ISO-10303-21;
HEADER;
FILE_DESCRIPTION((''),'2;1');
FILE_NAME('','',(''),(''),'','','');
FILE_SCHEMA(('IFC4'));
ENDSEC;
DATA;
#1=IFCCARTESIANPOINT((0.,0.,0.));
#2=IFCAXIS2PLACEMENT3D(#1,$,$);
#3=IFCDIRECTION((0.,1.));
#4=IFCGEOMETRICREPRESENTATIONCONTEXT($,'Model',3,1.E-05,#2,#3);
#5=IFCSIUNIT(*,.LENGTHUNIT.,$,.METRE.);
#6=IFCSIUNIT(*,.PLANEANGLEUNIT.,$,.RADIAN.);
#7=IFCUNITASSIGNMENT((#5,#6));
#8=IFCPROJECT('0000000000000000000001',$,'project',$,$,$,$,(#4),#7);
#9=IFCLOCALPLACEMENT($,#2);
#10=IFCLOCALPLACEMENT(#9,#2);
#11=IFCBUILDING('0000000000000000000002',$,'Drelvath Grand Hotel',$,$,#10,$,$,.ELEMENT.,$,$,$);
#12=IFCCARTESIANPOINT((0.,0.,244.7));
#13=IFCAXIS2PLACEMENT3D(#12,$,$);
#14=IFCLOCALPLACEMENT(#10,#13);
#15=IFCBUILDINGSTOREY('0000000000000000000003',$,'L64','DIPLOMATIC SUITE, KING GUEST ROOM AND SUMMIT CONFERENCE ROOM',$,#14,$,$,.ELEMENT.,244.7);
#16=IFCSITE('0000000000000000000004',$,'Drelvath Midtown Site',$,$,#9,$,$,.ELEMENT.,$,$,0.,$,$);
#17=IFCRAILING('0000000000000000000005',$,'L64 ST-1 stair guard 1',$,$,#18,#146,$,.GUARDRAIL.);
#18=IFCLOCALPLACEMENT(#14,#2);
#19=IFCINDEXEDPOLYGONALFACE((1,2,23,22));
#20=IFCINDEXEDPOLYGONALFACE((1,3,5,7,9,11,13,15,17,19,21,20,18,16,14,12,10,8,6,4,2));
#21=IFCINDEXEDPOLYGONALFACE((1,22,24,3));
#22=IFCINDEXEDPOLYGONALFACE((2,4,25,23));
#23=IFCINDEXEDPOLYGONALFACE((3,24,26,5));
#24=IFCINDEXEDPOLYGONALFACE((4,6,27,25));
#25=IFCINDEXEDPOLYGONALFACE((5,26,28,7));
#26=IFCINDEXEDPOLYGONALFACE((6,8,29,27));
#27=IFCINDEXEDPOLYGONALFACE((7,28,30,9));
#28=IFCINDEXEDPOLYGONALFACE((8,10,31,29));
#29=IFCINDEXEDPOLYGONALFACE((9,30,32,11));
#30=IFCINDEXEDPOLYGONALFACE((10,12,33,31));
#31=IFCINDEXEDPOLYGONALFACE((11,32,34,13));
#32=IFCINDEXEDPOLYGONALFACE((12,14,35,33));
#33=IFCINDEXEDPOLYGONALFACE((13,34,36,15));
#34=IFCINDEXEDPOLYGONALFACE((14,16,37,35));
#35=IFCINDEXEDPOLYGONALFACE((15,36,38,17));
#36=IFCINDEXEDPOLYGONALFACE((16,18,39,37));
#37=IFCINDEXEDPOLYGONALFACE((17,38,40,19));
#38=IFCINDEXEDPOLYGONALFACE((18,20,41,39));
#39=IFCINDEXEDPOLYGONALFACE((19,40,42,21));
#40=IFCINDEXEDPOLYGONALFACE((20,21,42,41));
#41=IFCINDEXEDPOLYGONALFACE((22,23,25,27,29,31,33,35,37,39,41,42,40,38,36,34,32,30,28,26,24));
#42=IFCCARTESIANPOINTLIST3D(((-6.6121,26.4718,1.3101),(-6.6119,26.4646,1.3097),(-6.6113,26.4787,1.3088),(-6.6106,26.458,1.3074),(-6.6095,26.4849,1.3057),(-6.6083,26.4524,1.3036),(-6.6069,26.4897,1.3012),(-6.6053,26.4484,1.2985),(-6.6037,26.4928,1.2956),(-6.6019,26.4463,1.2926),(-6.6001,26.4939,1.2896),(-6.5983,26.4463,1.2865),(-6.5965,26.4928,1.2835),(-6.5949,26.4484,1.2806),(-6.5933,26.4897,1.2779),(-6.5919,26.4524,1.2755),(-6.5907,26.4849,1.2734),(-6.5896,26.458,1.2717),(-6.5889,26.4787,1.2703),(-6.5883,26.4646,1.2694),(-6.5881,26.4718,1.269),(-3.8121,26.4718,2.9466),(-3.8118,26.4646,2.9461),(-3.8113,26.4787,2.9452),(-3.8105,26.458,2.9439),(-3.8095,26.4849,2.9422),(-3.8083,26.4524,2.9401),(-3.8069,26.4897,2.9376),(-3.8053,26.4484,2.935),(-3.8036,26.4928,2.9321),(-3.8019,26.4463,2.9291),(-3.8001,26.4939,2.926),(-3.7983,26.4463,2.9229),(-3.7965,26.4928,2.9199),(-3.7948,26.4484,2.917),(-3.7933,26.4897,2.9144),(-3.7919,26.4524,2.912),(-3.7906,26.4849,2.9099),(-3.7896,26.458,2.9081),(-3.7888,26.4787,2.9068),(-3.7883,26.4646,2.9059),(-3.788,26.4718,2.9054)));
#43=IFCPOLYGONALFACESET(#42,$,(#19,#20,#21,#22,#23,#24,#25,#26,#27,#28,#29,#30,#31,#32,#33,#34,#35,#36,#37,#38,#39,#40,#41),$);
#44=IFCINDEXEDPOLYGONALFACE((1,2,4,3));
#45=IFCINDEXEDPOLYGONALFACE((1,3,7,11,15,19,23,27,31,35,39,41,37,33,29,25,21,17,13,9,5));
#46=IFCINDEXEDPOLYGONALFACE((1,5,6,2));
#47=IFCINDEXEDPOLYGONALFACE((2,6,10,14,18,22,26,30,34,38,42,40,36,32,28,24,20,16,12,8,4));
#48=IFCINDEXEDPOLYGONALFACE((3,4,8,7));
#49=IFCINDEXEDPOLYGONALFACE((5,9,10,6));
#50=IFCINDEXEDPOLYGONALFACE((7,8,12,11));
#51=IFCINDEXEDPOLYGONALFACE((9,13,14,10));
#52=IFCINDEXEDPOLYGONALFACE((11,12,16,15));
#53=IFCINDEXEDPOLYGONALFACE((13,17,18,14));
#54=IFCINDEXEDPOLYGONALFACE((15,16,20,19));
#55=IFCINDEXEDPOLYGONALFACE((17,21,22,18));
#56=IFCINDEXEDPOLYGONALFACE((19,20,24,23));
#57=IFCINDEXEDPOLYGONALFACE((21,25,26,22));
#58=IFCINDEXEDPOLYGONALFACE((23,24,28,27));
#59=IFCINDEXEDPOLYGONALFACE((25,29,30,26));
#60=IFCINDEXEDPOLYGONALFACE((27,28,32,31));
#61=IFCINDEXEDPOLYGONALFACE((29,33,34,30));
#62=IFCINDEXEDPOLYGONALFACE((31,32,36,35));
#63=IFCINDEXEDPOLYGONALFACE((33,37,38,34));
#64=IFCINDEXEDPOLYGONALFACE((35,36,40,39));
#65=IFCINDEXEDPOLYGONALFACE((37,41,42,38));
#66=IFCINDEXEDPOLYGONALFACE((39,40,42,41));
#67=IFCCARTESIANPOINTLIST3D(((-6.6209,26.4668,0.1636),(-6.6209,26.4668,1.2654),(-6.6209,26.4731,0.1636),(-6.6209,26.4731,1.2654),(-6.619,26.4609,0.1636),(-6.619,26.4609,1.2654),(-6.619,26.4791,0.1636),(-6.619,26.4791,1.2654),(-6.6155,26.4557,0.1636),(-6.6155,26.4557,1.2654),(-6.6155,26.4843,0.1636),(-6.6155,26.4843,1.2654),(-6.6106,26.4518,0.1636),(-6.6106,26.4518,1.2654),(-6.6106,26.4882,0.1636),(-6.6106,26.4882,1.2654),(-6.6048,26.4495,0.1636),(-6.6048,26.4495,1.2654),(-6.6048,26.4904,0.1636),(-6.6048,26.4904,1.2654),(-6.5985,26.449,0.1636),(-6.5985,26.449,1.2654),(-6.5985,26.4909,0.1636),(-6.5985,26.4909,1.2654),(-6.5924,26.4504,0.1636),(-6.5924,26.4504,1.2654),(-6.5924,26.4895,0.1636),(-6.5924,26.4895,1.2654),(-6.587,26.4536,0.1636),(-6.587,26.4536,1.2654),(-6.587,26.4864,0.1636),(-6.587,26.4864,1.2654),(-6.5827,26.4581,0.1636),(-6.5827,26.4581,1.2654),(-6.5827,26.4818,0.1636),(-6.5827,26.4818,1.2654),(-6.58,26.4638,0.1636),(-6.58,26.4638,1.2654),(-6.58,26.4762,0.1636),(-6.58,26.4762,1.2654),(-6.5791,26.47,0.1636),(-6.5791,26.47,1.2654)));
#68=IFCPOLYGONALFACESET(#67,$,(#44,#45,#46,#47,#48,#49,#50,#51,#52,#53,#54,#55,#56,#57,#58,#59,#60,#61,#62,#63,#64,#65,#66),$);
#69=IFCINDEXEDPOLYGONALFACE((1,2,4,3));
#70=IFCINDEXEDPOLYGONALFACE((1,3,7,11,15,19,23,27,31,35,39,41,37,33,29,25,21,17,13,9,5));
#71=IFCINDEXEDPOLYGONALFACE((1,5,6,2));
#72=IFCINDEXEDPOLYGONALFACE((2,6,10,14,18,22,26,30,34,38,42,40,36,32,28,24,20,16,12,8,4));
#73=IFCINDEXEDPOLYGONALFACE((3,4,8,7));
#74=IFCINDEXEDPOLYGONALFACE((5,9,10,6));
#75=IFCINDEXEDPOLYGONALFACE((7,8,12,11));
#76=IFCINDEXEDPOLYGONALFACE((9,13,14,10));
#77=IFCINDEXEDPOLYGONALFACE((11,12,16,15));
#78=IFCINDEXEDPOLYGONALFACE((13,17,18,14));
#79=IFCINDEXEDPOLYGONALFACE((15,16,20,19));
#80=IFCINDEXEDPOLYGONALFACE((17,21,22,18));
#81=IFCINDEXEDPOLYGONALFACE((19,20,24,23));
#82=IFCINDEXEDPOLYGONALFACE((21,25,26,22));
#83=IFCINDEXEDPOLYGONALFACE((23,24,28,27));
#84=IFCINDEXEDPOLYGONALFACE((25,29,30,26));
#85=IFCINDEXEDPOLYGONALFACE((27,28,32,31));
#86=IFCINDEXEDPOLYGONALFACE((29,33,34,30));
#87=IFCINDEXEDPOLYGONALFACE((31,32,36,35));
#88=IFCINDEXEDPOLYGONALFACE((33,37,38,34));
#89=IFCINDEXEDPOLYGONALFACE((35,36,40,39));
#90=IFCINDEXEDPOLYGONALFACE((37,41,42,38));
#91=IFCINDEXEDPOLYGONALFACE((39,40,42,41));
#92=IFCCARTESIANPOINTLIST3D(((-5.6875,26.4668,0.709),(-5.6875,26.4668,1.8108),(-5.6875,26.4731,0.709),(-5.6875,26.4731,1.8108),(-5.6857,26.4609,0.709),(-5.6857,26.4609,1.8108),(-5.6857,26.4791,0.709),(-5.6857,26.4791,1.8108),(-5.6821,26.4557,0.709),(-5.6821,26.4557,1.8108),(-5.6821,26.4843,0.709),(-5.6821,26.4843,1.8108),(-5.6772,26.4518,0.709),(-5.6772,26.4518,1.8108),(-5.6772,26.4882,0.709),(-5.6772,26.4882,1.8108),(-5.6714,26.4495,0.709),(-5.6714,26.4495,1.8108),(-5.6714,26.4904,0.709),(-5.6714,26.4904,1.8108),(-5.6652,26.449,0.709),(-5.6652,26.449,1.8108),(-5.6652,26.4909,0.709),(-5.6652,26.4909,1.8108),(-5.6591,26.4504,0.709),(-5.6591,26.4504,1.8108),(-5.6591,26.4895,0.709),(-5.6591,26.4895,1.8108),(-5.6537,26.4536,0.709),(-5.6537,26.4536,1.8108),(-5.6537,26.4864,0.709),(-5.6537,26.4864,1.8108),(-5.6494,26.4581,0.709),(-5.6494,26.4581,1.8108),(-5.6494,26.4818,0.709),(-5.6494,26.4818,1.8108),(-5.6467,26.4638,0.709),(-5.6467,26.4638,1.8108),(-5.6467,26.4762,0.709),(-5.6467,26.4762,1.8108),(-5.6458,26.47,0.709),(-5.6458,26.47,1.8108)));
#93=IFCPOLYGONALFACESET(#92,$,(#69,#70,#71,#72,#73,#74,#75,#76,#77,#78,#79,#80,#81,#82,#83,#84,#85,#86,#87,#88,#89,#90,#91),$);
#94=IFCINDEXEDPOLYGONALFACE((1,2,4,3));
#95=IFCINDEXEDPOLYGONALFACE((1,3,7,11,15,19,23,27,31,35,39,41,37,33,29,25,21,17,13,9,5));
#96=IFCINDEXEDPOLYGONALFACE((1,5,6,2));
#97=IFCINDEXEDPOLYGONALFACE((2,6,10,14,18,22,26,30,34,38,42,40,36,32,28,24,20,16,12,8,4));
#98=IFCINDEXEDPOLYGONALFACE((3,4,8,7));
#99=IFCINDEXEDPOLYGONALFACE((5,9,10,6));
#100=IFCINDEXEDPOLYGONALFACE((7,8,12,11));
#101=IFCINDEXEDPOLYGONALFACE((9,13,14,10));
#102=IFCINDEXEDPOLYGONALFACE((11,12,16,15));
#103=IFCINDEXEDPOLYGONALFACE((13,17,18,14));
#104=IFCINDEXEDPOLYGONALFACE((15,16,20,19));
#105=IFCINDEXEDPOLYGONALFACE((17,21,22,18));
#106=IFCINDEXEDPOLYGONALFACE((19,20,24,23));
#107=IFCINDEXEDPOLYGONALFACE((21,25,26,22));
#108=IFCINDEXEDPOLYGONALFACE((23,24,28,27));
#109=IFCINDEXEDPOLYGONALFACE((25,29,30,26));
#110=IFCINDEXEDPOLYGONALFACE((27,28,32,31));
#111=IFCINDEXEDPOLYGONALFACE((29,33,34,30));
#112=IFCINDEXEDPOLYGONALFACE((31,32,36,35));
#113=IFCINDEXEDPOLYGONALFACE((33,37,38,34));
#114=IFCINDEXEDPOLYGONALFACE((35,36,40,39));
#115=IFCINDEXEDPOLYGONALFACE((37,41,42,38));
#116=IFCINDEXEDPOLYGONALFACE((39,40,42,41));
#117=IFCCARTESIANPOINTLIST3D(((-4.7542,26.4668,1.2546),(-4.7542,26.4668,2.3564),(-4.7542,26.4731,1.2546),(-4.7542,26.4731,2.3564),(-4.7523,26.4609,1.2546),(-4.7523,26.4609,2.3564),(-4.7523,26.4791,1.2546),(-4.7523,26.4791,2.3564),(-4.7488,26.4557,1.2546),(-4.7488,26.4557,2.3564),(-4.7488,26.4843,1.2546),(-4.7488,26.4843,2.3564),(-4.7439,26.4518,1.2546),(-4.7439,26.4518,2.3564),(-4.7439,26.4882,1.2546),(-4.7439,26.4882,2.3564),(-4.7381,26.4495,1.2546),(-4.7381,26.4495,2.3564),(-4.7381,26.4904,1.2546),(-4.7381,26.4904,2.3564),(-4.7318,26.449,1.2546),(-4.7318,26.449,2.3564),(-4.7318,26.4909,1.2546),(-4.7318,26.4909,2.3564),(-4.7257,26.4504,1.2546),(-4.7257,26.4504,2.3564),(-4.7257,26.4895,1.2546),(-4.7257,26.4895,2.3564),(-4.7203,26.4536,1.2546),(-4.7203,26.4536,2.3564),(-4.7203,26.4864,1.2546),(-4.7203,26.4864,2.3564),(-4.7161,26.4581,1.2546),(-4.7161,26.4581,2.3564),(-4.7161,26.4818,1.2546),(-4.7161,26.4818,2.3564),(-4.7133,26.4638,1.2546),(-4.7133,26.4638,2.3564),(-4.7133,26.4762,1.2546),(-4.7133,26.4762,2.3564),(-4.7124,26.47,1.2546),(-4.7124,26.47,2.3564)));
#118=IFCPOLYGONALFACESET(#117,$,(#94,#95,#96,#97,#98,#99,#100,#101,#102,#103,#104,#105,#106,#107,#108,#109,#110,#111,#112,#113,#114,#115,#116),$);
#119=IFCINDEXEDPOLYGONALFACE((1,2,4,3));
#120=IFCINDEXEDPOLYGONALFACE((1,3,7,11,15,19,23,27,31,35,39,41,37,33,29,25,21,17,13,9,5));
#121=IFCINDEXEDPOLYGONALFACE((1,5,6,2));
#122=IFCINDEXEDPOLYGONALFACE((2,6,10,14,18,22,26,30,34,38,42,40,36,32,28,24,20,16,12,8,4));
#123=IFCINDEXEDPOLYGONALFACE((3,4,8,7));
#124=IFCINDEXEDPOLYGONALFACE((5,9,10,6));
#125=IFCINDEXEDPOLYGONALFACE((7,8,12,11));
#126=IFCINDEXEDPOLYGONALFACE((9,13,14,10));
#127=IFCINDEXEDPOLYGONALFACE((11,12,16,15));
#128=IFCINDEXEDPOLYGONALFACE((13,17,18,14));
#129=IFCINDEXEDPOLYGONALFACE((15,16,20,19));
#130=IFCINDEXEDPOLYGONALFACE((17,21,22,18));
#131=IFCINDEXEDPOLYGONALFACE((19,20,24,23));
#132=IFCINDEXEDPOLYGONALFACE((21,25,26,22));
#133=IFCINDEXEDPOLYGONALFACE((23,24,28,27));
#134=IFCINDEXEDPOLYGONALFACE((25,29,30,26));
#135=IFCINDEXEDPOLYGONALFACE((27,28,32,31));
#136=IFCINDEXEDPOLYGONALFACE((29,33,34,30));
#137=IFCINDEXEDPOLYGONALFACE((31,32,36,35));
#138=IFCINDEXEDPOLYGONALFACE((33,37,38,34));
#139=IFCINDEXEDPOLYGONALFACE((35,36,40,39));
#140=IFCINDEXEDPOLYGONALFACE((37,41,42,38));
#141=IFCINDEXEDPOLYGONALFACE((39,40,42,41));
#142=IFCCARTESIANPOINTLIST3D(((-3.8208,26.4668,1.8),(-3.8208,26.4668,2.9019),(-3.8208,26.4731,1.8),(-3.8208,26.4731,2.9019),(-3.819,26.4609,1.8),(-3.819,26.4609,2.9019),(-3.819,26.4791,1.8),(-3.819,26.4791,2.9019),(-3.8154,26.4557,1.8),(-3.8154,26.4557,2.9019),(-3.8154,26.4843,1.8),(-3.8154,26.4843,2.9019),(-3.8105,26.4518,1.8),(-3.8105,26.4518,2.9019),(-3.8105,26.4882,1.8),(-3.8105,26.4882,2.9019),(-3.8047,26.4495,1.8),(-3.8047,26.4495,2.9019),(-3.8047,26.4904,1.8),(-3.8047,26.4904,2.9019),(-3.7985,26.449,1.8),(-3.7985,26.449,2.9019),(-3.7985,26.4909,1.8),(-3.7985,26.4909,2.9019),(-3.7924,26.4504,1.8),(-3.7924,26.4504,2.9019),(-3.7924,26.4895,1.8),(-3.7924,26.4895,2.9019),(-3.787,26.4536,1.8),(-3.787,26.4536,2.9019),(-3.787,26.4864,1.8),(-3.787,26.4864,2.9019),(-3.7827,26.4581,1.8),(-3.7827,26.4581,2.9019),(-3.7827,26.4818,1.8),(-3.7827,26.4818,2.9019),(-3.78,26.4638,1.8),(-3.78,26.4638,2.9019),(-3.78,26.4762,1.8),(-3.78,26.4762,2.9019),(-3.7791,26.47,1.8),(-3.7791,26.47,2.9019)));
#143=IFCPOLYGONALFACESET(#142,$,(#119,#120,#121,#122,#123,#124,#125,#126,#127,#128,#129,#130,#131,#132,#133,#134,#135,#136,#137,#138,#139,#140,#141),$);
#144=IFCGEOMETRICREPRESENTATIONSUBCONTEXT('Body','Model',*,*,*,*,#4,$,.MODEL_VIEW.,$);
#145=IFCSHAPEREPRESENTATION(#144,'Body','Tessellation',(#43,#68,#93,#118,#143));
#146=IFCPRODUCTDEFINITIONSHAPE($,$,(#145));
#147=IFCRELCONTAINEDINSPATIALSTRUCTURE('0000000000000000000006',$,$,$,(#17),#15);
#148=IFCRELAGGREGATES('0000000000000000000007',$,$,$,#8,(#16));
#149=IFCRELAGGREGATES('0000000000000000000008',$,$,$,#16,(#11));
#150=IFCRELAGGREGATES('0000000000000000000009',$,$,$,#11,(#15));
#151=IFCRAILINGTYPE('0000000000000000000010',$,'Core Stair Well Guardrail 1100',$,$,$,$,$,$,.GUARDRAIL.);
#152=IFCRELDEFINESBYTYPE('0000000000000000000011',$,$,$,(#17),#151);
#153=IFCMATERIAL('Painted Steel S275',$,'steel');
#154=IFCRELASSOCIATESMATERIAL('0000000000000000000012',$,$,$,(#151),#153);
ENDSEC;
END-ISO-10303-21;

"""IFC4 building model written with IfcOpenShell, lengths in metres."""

from ifc_helpers import new_model, si_unit, direction, frame, origin, origin_2d, place, context, subcontext, project, spatial, circle, extrude, material, type_object, element, save


model = new_model("IFC4")

# Units and contexts
model_context = context("Model", 3, precision=1e-05, world=origin(), true_north=direction((0.0, 1.0)))
body_context = subcontext(model_context, "Body", "Model", "MODEL_VIEW")
ifc_project = project(units=[si_unit("LENGTHUNIT", "METRE"), si_unit("PLANEANGLEUNIT", "RADIAN")], contexts=[model_context])

# Site, building, storey
site_placement = place(None, origin())
site = spatial("IfcSite", under=ifc_project, at=site_placement, Name="Drelvath Midtown Site", CompositionType="ELEMENT", RefElevation=0.0)
building_placement = place(site_placement, origin())
building = spatial("IfcBuilding", under=site, at=building_placement, Name="Drelvath Grand Hotel", CompositionType="ELEMENT")
storey_placement = place(building_placement, frame((0.0, 0.0, 244.7)))
storey = spatial("IfcBuildingStorey", under=building, at=storey_placement, Name="L64", Description="DIPLOMATIC SUITE, KING GUEST ROOM AND SUMMIT CONFERENCE ROOM", CompositionType="ELEMENT", Elevation=244.7)

# Shared definitions
ifc_material_1 = material(Name="Painted Steel S275", Category="steel")

# Railing
railing_type_1 = type_object("IfcRailingType", Name="Core Stair Well Guardrail 1100", PredefinedType="GUARDRAIL", material=ifc_material_1)
railing_1_placement = place(storey_placement, frame((-6.6001, 26.47, 0.1636)))
element("IfcRailing", 1, at=railing_1_placement, inside=storey, type_object=railing_type_1, Name="L64 ST-1 stair guard 1", PredefinedType="GUARDRAIL", context=body_context, shape_type="SweptSolid", body=[
    extrude(circle(Radius=0.0239, at=origin_2d()), frame((0.0, 0.0, 1.126), z_axis=(0.863361, 0.0, 0.504587), x_axis=(0.0, 1.0, 0.0)), (0.0, 0.0, 1.0), 3.2432),
    extrude(circle(Radius=0.021, at=origin_2d()), origin(), (0.0, 0.0, 1.0), 1.1018),
    extrude(circle(Radius=0.021, at=origin_2d()), frame((0.9333, 0.0, 0.5454)), (0.0, 0.0, 1.0), 1.1018),
    extrude(circle(Radius=0.021, at=origin_2d()), frame((1.8667, 0.0, 1.0911)), (0.0, 0.0, 1.0), 1.1018),
    extrude(circle(Radius=0.021, at=origin_2d()), frame((2.8, 0.0, 1.6365)), (0.0, 0.0, 1.0), 1.1018),
])

save(model, "model.ifc")
